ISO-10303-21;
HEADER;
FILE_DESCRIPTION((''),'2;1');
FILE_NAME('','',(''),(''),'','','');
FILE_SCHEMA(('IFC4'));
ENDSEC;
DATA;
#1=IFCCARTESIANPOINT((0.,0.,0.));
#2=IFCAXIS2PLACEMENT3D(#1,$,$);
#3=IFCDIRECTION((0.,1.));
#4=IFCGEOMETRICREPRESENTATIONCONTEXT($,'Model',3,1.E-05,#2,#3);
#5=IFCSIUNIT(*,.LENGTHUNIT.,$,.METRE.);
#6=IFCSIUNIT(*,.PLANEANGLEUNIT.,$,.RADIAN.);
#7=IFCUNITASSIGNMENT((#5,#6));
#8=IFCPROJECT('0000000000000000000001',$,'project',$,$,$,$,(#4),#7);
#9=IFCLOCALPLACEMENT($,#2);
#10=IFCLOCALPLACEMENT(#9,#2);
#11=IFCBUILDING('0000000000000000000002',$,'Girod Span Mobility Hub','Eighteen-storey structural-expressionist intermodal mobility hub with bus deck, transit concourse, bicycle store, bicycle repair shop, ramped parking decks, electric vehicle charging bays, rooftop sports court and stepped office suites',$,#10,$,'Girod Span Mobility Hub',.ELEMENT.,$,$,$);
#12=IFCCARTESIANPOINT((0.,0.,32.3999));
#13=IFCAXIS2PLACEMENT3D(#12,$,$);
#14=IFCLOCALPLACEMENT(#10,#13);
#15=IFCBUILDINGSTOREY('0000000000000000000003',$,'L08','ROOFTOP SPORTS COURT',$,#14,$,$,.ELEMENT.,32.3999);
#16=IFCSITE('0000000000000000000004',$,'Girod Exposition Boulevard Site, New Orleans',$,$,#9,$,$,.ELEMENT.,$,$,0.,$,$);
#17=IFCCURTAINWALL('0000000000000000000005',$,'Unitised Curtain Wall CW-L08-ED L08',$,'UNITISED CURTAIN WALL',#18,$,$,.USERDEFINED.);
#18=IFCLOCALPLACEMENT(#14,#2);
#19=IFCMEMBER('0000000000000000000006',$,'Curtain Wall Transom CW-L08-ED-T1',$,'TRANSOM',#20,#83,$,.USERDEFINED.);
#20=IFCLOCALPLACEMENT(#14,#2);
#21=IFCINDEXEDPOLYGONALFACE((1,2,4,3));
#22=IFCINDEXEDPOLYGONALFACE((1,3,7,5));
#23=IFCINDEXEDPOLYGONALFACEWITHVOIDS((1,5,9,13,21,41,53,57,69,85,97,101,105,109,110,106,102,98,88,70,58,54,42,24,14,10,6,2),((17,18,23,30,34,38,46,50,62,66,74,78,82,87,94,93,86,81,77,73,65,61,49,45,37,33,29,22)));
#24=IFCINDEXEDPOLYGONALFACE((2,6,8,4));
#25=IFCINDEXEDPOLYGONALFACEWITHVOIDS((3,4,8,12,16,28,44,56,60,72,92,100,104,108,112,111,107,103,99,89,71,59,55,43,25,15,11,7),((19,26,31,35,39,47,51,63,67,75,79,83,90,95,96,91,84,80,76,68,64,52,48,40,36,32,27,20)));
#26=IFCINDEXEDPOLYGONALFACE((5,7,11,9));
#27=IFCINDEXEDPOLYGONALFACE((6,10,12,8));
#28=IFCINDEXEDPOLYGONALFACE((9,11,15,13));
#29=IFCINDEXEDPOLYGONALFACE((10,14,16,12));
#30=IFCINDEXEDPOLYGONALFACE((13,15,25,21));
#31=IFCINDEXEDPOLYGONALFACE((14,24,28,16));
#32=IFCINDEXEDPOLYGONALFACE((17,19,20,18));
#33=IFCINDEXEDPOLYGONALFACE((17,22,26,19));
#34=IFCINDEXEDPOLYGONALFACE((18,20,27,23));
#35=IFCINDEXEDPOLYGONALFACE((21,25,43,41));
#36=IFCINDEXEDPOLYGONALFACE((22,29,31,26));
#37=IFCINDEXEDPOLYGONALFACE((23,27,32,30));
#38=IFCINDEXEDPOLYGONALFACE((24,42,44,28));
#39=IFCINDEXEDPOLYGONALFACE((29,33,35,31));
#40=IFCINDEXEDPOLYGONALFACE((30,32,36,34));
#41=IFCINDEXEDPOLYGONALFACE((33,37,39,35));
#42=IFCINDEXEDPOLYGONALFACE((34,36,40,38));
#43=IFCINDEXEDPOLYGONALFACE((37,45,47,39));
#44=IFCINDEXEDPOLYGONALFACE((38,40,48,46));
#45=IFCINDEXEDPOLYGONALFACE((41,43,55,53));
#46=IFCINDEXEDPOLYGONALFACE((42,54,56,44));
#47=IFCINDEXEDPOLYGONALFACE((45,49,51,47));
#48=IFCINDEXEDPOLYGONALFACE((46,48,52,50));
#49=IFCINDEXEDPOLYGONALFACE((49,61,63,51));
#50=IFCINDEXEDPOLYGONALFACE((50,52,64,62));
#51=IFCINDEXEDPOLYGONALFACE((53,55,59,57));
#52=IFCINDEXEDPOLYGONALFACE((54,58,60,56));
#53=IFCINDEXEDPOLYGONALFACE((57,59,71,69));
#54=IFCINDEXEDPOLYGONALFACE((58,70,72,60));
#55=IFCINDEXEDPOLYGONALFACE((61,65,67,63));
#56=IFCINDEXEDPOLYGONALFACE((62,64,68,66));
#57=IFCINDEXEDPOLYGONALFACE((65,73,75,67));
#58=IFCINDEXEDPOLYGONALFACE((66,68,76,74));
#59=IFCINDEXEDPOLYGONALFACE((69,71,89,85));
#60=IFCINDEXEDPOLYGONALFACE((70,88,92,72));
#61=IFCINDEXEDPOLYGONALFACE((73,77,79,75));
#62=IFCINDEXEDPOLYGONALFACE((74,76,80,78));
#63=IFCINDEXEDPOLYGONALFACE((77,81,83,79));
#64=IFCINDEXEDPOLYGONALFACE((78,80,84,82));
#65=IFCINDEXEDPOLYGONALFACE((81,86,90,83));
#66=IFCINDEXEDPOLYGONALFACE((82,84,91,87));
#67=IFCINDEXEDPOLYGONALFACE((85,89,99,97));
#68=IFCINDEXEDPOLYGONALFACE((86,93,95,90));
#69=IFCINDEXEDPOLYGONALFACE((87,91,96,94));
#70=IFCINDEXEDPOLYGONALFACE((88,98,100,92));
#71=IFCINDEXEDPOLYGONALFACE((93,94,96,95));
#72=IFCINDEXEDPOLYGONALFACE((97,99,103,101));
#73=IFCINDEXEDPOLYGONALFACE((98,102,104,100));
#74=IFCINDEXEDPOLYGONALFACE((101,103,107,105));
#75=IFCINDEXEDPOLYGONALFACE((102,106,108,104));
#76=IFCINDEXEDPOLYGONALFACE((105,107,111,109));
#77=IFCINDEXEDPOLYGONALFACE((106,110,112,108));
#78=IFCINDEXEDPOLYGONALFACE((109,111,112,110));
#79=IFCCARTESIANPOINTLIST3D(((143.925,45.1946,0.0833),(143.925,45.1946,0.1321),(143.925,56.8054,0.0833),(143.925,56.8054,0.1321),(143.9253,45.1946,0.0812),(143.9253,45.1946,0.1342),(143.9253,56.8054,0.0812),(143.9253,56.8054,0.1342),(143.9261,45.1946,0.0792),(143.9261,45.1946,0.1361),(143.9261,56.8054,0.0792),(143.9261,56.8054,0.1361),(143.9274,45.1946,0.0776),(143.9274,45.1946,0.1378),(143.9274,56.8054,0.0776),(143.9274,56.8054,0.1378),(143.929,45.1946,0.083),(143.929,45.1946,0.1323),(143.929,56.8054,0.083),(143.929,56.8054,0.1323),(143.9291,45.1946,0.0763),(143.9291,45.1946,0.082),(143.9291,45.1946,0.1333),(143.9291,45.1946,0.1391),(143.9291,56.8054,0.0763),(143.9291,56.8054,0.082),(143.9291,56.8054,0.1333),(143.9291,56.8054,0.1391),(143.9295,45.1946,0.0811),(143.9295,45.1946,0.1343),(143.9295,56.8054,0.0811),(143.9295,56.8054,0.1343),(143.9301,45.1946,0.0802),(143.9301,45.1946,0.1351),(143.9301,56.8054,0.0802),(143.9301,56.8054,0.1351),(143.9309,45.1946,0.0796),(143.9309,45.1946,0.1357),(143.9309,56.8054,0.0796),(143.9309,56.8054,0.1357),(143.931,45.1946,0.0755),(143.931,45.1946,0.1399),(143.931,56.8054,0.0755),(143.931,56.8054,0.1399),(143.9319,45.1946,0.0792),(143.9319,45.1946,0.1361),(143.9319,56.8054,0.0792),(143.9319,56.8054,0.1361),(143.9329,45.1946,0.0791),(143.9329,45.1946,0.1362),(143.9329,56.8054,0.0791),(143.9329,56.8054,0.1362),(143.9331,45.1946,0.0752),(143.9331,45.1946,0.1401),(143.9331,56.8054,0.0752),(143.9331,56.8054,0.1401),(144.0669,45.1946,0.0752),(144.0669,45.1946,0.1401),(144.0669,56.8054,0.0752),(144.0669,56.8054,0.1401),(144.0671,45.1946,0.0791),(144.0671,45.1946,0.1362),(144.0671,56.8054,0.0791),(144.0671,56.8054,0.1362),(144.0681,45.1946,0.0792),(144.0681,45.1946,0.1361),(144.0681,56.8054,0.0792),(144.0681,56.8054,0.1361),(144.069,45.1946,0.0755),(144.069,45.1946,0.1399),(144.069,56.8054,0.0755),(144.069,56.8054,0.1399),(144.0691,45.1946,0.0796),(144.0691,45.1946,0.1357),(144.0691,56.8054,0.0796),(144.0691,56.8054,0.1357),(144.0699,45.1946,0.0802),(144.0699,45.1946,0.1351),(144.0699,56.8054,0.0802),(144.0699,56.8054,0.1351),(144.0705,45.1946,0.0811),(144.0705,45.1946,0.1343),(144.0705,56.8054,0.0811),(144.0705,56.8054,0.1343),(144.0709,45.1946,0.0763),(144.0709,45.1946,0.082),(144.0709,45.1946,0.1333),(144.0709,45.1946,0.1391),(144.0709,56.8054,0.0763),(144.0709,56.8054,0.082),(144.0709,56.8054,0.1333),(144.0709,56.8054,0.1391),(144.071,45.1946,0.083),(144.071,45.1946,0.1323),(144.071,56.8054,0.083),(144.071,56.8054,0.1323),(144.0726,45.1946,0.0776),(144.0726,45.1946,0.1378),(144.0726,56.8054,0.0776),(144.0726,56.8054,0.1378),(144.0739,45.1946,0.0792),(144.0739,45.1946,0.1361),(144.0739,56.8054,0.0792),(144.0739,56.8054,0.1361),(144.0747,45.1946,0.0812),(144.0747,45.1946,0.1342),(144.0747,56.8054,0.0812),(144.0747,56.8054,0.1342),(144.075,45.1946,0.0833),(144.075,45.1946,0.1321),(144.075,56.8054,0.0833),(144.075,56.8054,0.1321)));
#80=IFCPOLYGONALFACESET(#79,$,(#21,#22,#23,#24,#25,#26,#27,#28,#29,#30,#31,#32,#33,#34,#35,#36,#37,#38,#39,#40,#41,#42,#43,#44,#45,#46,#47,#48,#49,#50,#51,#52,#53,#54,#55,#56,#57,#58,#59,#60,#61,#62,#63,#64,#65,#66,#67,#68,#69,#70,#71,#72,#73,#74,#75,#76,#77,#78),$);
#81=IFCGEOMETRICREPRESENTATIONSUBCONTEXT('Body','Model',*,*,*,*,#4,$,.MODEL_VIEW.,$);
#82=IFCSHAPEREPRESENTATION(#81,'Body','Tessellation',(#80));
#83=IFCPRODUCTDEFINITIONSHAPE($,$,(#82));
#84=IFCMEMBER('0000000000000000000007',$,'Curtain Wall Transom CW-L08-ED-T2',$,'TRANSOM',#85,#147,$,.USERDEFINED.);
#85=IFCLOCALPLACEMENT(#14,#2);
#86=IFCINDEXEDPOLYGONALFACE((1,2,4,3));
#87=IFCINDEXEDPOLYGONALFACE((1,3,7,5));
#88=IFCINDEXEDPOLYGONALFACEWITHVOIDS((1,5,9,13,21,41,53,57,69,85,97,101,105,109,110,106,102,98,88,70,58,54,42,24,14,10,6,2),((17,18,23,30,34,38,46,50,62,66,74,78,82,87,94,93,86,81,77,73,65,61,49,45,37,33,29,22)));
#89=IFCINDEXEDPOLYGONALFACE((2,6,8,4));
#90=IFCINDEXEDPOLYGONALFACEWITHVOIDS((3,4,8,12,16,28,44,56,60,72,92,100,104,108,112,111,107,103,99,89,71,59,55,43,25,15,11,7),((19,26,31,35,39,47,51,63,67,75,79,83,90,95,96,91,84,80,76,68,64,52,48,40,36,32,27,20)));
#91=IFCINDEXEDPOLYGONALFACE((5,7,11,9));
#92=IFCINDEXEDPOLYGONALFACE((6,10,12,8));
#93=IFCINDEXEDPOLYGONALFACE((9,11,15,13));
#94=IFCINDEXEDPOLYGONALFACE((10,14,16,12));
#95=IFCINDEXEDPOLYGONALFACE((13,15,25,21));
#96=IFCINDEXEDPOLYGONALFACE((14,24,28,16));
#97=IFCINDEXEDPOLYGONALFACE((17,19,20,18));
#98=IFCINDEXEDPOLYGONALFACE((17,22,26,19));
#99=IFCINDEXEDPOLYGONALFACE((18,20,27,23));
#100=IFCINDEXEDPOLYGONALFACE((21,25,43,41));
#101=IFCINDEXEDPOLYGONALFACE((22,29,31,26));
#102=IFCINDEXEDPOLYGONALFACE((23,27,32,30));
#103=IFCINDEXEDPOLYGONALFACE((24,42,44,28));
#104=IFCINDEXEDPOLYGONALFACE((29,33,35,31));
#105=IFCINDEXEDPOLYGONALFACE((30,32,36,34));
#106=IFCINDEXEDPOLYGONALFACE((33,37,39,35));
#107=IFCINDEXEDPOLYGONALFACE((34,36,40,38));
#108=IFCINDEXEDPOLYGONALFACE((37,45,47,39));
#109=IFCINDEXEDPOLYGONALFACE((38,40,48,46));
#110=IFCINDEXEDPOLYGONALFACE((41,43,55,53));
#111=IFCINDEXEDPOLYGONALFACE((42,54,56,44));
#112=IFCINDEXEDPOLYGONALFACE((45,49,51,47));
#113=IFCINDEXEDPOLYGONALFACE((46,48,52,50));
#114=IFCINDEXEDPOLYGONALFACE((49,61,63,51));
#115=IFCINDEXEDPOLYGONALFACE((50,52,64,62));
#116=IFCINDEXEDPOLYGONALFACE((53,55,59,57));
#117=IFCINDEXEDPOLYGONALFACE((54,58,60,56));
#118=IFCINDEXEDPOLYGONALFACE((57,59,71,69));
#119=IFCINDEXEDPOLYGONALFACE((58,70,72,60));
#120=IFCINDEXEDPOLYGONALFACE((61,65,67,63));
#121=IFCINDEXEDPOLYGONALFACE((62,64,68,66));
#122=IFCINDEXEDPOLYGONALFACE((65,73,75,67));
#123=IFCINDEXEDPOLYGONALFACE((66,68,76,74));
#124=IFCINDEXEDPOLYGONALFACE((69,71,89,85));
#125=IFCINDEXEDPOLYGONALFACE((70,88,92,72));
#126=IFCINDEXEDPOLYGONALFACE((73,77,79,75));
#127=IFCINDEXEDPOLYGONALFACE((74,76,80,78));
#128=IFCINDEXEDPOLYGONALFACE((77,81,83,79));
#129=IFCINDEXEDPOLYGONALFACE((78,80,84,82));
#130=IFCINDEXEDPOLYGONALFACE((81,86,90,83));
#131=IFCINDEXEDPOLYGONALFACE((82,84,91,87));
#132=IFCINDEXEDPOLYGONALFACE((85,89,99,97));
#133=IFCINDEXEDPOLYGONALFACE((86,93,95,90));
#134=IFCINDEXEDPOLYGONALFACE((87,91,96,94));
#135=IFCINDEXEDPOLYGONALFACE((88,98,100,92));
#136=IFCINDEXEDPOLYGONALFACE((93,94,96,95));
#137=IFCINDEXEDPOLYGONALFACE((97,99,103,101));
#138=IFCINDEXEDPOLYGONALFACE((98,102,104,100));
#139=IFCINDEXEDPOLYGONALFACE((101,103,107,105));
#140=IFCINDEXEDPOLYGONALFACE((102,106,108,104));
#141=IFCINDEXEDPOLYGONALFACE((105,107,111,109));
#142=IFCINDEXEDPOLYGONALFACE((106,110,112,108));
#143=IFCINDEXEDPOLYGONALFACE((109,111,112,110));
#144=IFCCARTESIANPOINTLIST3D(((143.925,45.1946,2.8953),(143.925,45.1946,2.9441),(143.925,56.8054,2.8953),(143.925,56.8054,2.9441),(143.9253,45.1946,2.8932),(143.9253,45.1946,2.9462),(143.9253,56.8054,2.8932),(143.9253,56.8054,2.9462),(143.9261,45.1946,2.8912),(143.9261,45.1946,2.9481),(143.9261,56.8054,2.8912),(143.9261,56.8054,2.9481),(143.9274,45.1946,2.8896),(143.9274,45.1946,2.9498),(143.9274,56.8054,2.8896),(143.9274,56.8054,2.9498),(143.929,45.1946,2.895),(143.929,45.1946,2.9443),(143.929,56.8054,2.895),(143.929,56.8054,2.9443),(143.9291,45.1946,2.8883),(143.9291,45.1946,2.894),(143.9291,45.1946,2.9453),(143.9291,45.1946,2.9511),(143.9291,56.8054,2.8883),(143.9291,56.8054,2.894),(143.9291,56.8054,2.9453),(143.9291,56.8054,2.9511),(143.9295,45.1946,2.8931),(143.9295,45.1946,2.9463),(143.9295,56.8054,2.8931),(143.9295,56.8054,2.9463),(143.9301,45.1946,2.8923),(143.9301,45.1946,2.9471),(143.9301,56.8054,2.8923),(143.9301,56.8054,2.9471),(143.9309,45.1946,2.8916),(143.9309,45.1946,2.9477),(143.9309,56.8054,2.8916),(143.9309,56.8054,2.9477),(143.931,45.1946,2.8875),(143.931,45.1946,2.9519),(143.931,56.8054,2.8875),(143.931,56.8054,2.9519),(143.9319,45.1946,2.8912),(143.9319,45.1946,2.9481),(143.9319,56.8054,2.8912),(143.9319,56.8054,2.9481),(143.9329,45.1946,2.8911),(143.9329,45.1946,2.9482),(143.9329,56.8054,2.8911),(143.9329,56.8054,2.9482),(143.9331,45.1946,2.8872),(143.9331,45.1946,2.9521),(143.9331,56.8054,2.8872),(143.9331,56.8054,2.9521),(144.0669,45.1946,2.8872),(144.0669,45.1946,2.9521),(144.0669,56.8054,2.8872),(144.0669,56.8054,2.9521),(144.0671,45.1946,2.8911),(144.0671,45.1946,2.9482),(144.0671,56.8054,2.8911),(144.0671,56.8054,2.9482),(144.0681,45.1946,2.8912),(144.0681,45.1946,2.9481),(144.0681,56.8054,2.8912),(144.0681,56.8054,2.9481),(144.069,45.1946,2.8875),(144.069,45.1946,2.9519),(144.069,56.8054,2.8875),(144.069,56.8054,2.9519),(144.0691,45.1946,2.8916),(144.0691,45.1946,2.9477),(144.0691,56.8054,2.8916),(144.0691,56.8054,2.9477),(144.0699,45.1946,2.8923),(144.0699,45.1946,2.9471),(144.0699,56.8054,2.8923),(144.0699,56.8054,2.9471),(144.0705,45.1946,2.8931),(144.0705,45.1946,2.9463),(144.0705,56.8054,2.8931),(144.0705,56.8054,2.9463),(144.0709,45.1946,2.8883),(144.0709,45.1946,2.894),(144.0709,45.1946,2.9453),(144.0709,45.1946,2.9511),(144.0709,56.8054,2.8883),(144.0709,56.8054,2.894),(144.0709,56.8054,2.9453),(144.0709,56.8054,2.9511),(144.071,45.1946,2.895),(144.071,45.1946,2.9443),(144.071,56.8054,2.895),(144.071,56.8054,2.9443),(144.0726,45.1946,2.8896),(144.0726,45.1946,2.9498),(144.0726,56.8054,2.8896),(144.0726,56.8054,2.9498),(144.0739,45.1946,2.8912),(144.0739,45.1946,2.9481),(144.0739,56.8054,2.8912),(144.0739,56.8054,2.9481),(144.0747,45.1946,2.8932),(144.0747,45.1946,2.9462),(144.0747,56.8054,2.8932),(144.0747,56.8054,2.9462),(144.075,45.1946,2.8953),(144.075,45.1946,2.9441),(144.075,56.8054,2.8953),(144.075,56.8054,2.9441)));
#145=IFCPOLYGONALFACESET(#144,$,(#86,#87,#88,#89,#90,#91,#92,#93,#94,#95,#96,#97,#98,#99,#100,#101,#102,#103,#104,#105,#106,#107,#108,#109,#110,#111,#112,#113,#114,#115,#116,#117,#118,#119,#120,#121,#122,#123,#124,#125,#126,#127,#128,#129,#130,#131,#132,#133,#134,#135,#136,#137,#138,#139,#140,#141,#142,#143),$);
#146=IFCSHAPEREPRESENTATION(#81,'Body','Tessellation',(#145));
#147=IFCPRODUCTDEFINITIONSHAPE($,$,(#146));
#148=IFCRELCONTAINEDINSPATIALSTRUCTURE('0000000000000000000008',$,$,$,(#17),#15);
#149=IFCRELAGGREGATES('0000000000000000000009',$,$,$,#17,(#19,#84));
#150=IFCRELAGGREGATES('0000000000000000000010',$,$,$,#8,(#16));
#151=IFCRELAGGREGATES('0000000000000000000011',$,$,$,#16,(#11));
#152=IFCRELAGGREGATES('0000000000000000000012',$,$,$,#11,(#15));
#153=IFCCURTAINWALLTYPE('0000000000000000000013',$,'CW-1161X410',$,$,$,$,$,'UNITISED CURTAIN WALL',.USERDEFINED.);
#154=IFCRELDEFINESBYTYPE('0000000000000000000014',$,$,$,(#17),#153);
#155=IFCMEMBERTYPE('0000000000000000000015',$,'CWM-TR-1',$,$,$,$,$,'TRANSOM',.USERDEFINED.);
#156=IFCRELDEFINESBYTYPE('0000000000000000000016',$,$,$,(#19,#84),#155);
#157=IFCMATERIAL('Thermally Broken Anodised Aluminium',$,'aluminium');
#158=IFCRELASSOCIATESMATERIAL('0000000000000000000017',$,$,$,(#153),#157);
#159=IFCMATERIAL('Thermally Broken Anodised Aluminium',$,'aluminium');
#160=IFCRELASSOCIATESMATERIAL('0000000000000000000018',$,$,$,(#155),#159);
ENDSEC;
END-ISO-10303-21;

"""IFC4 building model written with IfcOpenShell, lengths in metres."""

from ifc_helpers import new_model, si_unit, direction, frame, origin, origin_2d, place, context, subcontext, project, spatial, hollow_rectangle, extrude, material, material_profile, profile_set, type_object, element, aggregate, save


model = new_model("IFC4")

# Units and contexts
model_context = context("Model", 3, precision=1e-05, world=origin(), true_north=direction((0.0, 1.0)))
body_context = subcontext(model_context, "Body", "Model", "MODEL_VIEW")
ifc_project = project(units=[si_unit("LENGTHUNIT", "METRE"), si_unit("PLANEANGLEUNIT", "RADIAN")], contexts=[model_context])

# Site, building, storey
site_placement = place(None, origin())
site = spatial("IfcSite", under=ifc_project, at=site_placement, Name="Girod Exposition Boulevard Site, New Orleans", CompositionType="ELEMENT", RefElevation=0.0)
building_placement = place(site_placement, origin())
building = spatial("IfcBuilding", under=site, at=building_placement, Name="Girod Span Mobility Hub", Description="Eighteen-storey structural-expressionist intermodal mobility hub with bus deck, transit concourse, bicycle store, bicycle repair shop, ramped parking decks, electric vehicle charging bays, rooftop sports court and stepped office suites", LongName="Girod Span Mobility Hub", CompositionType="ELEMENT")
storey_placement = place(building_placement, frame((0.0, 0.0, 32.3999)))
storey = spatial("IfcBuildingStorey", under=building, at=storey_placement, Name="L08", Description="ROOFTOP SPORTS COURT", CompositionType="ELEMENT", Elevation=32.3999)

# Curtain wall, members
ifc_material_1 = material(Name="Thermally Broken Anodised Aluminium", Category="aluminium")
curtain_wall_type_1 = type_object("IfcCurtainWallType", Name="CW-1161X410", ElementType="UNITISED CURTAIN WALL", PredefinedType="USERDEFINED", material=ifc_material_1)
curtain_wall_1_placement = place(storey_placement, origin())
curtain_wall_1 = element("IfcCurtainWall", 1, at=curtain_wall_1_placement, inside=storey, type_object=curtain_wall_type_1, Name="Unitised Curtain Wall CW-L08-ED L08", ObjectType="UNITISED CURTAIN WALL", PredefinedType="USERDEFINED")
ifc_material_2 = material(Name="Thermally Broken Anodised Aluminium", Category="aluminium")
ifc_material_profile_1 = material_profile(ifc_material_2, hollow_rectangle(XDim=0.1499, YDim=0.0649, WallThickness=0.0039, InnerFilletRadius=0.0039, OuterFilletRadius=0.0081, at=origin_2d()), Name="CW-TR-65X150")
ifc_profile_set_1 = profile_set([ifc_material_profile_1], Name="Thermally Broken Anodised Aluminium")
member_type_1 = type_object("IfcMemberType", Name="CWM-TR-1", ElementType="TRANSOM", PredefinedType="USERDEFINED", material=ifc_profile_set_1)
member_1_placement = place(storey_placement, frame((144.0, 45.1946, 0.1077), z_axis=(0.0, 1.0, 0.0), x_axis=(-1.0, 0.0, 0.0)))
member_1 = element("IfcMember", 2, at=member_1_placement, type_object=member_type_1, Name="Curtain Wall Transom CW-L08-ED-T1", ObjectType="TRANSOM", PredefinedType="USERDEFINED", context=body_context, shape_type="SweptSolid", body=[
    extrude(hollow_rectangle(XDim=0.1499, YDim=0.0649, WallThickness=0.0039, InnerFilletRadius=0.0039, OuterFilletRadius=0.0081, at=origin_2d()), origin(), (0.0, 0.0, 1.0), 11.6108),
])
member_2_placement = place(storey_placement, frame((144.0, 45.1946, 2.9197), z_axis=(0.0, 1.0, 0.0), x_axis=(-1.0, 0.0, 0.0)))
member_2 = element("IfcMember", 3, at=member_2_placement, type_object=member_type_1, Name="Curtain Wall Transom CW-L08-ED-T2", ObjectType="TRANSOM", PredefinedType="USERDEFINED", context=body_context, shape_type="SweptSolid", body=[
    extrude(hollow_rectangle(XDim=0.1499, YDim=0.0649, WallThickness=0.0039, InnerFilletRadius=0.0039, OuterFilletRadius=0.0081, at=origin_2d()), origin(), (0.0, 0.0, 1.0), 11.6108),
])

aggregate(curtain_wall_1, [member_1, member_2])

save(model, "model.ifc")
